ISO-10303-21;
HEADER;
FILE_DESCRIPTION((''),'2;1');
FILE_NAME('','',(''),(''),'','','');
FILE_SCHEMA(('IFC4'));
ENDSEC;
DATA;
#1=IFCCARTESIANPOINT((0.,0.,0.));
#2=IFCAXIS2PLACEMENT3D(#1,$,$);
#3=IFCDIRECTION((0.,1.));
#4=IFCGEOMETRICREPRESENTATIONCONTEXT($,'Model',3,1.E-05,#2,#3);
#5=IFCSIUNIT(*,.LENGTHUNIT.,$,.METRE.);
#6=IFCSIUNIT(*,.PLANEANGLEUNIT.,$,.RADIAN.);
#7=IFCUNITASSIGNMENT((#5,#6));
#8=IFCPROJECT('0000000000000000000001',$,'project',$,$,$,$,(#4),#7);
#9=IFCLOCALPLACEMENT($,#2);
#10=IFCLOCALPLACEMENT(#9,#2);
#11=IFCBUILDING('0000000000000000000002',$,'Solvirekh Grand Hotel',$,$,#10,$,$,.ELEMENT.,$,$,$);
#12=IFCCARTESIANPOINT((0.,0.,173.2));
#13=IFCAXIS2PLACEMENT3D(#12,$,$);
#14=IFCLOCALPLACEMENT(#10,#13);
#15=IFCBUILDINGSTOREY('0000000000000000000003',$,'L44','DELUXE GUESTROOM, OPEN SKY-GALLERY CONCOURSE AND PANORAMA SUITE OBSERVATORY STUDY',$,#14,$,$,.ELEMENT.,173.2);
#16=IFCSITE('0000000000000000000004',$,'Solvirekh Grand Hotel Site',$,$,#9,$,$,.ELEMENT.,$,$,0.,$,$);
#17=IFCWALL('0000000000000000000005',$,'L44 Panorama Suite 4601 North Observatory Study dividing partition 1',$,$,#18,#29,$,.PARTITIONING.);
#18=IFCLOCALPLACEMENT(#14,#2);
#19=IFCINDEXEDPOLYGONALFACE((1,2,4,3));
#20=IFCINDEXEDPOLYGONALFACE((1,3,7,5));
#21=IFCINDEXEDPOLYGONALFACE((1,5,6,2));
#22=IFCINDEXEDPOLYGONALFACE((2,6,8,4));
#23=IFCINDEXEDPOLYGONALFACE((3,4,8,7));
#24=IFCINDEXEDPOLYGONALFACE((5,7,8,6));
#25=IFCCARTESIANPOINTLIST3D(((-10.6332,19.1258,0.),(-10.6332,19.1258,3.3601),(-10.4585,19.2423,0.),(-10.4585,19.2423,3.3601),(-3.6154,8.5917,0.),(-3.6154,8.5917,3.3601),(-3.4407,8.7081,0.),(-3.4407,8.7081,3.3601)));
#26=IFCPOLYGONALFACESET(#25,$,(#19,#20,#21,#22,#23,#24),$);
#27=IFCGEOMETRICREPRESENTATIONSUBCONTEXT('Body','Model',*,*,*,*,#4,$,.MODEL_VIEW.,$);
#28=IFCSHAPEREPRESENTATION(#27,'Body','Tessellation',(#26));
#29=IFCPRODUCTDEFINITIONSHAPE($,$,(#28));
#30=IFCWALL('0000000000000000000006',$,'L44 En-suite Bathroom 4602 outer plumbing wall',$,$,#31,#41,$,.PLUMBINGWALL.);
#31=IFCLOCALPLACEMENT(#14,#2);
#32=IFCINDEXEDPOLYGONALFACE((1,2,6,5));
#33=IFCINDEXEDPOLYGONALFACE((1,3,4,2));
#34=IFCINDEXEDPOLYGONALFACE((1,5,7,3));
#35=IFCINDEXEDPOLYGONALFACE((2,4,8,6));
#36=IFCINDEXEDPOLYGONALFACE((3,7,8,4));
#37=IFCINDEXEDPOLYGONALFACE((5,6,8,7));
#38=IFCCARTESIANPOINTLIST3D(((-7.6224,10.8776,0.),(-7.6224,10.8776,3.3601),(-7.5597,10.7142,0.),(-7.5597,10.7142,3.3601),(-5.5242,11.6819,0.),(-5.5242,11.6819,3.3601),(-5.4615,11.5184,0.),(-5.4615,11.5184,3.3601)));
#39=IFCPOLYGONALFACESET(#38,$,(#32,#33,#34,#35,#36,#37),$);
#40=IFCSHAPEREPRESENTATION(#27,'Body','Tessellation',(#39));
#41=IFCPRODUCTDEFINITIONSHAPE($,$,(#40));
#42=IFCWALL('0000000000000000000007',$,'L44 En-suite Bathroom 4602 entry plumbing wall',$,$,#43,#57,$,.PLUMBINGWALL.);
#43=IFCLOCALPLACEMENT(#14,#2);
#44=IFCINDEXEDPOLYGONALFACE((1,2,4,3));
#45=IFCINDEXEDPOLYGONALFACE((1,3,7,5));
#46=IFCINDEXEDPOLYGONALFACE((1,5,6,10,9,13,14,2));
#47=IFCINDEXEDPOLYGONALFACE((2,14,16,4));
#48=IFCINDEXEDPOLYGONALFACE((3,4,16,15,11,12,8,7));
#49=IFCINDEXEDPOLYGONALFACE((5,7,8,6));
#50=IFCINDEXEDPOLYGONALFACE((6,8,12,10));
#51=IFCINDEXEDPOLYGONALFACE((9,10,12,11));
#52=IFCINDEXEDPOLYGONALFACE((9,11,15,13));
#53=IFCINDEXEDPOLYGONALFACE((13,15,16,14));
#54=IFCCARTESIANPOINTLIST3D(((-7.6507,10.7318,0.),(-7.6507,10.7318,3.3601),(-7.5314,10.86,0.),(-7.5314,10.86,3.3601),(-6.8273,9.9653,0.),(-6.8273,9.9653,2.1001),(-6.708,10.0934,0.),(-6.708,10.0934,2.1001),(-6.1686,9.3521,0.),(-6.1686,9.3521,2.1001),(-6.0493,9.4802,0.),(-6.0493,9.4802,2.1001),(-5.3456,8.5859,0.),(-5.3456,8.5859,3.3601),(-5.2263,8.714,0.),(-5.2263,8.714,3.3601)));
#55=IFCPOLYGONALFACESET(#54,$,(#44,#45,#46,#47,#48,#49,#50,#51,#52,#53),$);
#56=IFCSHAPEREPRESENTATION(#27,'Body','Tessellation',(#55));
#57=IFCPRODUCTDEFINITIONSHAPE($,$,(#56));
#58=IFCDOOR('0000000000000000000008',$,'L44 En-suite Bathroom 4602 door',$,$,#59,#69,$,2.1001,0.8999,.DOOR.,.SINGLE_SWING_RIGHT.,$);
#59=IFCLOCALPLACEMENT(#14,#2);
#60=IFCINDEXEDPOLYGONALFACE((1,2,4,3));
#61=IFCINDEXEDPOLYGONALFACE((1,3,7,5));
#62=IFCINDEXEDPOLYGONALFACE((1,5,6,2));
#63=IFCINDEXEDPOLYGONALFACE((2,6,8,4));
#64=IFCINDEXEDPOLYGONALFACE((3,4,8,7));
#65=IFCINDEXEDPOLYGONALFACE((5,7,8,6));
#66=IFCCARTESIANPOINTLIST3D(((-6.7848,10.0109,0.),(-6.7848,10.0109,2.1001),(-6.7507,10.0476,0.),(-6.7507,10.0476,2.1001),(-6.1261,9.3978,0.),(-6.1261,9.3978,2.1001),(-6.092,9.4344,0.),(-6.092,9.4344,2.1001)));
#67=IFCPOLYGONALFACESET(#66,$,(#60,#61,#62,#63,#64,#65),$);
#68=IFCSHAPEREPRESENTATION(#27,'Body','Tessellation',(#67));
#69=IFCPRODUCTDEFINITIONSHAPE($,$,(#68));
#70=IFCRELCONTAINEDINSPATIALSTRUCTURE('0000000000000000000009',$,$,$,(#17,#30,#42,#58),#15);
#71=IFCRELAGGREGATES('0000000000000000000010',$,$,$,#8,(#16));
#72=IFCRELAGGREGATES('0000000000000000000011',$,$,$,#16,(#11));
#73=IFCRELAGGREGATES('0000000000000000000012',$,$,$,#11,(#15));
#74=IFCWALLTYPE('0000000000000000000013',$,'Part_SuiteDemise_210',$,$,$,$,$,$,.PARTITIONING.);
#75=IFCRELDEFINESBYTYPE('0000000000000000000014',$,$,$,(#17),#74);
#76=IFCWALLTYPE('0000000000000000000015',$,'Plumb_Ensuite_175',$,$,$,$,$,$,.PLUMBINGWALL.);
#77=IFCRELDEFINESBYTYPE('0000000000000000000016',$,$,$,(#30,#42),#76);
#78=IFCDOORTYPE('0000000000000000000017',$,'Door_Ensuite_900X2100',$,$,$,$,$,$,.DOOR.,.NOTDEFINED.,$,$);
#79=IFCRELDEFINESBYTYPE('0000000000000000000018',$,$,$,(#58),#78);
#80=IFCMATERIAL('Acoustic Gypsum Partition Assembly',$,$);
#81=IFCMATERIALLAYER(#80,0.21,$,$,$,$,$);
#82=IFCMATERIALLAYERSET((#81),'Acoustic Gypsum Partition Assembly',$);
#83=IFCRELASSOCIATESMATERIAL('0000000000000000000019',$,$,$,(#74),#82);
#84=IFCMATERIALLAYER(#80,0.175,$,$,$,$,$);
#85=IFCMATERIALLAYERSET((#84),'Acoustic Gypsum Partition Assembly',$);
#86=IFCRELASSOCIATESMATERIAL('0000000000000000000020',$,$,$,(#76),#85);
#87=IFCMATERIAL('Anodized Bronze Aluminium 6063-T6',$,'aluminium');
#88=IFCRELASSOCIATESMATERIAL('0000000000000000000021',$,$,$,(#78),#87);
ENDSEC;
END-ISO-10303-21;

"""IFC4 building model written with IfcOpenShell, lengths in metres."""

from ifc_helpers import new_model, si_unit, direction, frame, frame_2d, origin, place, context, subcontext, project, spatial, rectangle, extrude, material, layer, layer_set, type_object, element, fill, save


model = new_model("IFC4")

# Units and contexts
model_context = context("Model", 3, precision=1e-05, world=origin(), true_north=direction((0.0, 1.0)))
body_context = subcontext(model_context, "Body", "Model", "MODEL_VIEW")
ifc_project = project(units=[si_unit("LENGTHUNIT", "METRE"), si_unit("PLANEANGLEUNIT", "RADIAN")], contexts=[model_context])

# Site, building, storey
site_placement = place(None, origin())
site = spatial("IfcSite", under=ifc_project, at=site_placement, Name="Solvirekh Grand Hotel Site", CompositionType="ELEMENT", RefElevation=0.0)
building_placement = place(site_placement, origin())
building = spatial("IfcBuilding", under=site, at=building_placement, Name="Solvirekh Grand Hotel", CompositionType="ELEMENT")
storey_placement = place(building_placement, frame((0.0, 0.0, 173.2)))
storey = spatial("IfcBuildingStorey", under=building, at=storey_placement, Name="L44", Description="DELUXE GUESTROOM, OPEN SKY-GALLERY CONCOURSE AND PANORAMA SUITE OBSERVATORY STUDY", CompositionType="ELEMENT", Elevation=173.2)

# Shared definitions
ifc_material_1 = material(Name="Anodized Bronze Aluminium 6063-T6", Category="aluminium")

# Walls
ifc_material_2 = material(Name="Acoustic Gypsum Partition Assembly")
ifc_layer_1 = layer(ifc_material_2, 0.21)
ifc_layer_set_1 = layer_set([ifc_layer_1], Name="Acoustic Gypsum Partition Assembly")
wall_type_1 = type_object("IfcWallType", Name="Part_SuiteDemise_210", PredefinedType="PARTITIONING", material=ifc_layer_set_1)
wall_1_placement = place(storey_placement, frame((-3.5281, 8.6499, 0.0), z_axis=(0.0, 0.0, 1.0), x_axis=(-0.554429, 0.832231, 0.0)))
element("IfcWall", 1, at=wall_1_placement, inside=storey, type_object=wall_type_1, Name="L44 Panorama Suite 4601 North Observatory Study dividing partition 1", PredefinedType="PARTITIONING", context=body_context, shape_type="SweptSolid", body=[
    extrude(rectangle(XDim=12.6577, YDim=0.21, at=frame_2d((6.3289, 0.0))), origin(), (0.0, 0.0, 1.0), 3.3601),
])
ifc_layer_2 = layer(ifc_material_2, 0.175)
ifc_layer_set_2 = layer_set([ifc_layer_2], Name="Acoustic Gypsum Partition Assembly")
wall_type_2 = type_object("IfcWallType", Name="Plumb_Ensuite_175", PredefinedType="PLUMBINGWALL", material=ifc_layer_set_2)
wall_2_placement = place(storey_placement, frame((-7.5911, 10.7959, 0.0), z_axis=(0.0, 0.0, 1.0), x_axis=(0.933759, 0.357901, 0.0)))
element("IfcWall", 2, at=wall_2_placement, inside=storey, type_object=wall_type_2, Name="L44 En-suite Bathroom 4602 outer plumbing wall", PredefinedType="PLUMBINGWALL", context=body_context, shape_type="SweptSolid", body=[
    extrude(rectangle(XDim=2.2471, YDim=0.175, at=frame_2d((1.1235, 0.0))), origin(), (0.0, 0.0, 1.0), 3.3601),
])

# Wall, opening, door
wall_3_placement = place(storey_placement, frame((-7.5911, 10.7959, 0.0), z_axis=(0.0, 0.0, 1.0), x_axis=(0.731926, -0.681384, 0.0)))
wall_3 = element("IfcWall", 3, at=wall_3_placement, inside=storey, type_object=wall_type_2, Name="L44 En-suite Bathroom 4602 entry plumbing wall", PredefinedType="PLUMBINGWALL", context=body_context, shape_type="SweptSolid", body=[
    extrude(rectangle(XDim=3.1494, YDim=0.175, at=frame_2d((1.5747, 0.0))), origin(), (0.0, 0.0, 1.0), 3.3601),
])
opening_1_placement = place(wall_3_placement, frame((1.125, 0.0, 0.0)))
opening_1 = element("IfcOpeningElement", 4, at=opening_1_placement, cuts=wall_3, PredefinedType="OPENING", context=body_context, shape_type="SweptSolid", body=[
    extrude(rectangle(XDim=0.8999, YDim=2.1001, at=frame_2d((0.45, 1.05))), frame((0.0, 0.0977, 0.0), z_axis=(0.0, -1.0, 0.0), x_axis=(1.0, 0.0, 0.0)), (0.0, 0.0, 1.0), 0.1951),
])
door_type = type_object("IfcDoorType", Name="Door_Ensuite_900X2100", OperationType="NOTDEFINED", PredefinedType="DOOR", material=ifc_material_1)
door_placement = place(opening_1_placement, origin())
door = element("IfcDoor", 5, at=door_placement, inside=storey, type_object=door_type, Name="L44 En-suite Bathroom 4602 door", OperationType="SINGLE_SWING_RIGHT", OverallHeight=2.1001, OverallWidth=0.8999, PredefinedType="DOOR", context=body_context, shape_type="SweptSolid", body=[
    extrude(rectangle(XDim=0.8999, YDim=2.1001, at=frame_2d((0.45, 1.05))), frame((0.0, 0.0249, 0.0), z_axis=(0.0, -1.0, 0.0), x_axis=(1.0, 0.0, 0.0)), (0.0, 0.0, 1.0), 0.05),
])
fill(opening_1, door)

save(model, "model.ifc")
